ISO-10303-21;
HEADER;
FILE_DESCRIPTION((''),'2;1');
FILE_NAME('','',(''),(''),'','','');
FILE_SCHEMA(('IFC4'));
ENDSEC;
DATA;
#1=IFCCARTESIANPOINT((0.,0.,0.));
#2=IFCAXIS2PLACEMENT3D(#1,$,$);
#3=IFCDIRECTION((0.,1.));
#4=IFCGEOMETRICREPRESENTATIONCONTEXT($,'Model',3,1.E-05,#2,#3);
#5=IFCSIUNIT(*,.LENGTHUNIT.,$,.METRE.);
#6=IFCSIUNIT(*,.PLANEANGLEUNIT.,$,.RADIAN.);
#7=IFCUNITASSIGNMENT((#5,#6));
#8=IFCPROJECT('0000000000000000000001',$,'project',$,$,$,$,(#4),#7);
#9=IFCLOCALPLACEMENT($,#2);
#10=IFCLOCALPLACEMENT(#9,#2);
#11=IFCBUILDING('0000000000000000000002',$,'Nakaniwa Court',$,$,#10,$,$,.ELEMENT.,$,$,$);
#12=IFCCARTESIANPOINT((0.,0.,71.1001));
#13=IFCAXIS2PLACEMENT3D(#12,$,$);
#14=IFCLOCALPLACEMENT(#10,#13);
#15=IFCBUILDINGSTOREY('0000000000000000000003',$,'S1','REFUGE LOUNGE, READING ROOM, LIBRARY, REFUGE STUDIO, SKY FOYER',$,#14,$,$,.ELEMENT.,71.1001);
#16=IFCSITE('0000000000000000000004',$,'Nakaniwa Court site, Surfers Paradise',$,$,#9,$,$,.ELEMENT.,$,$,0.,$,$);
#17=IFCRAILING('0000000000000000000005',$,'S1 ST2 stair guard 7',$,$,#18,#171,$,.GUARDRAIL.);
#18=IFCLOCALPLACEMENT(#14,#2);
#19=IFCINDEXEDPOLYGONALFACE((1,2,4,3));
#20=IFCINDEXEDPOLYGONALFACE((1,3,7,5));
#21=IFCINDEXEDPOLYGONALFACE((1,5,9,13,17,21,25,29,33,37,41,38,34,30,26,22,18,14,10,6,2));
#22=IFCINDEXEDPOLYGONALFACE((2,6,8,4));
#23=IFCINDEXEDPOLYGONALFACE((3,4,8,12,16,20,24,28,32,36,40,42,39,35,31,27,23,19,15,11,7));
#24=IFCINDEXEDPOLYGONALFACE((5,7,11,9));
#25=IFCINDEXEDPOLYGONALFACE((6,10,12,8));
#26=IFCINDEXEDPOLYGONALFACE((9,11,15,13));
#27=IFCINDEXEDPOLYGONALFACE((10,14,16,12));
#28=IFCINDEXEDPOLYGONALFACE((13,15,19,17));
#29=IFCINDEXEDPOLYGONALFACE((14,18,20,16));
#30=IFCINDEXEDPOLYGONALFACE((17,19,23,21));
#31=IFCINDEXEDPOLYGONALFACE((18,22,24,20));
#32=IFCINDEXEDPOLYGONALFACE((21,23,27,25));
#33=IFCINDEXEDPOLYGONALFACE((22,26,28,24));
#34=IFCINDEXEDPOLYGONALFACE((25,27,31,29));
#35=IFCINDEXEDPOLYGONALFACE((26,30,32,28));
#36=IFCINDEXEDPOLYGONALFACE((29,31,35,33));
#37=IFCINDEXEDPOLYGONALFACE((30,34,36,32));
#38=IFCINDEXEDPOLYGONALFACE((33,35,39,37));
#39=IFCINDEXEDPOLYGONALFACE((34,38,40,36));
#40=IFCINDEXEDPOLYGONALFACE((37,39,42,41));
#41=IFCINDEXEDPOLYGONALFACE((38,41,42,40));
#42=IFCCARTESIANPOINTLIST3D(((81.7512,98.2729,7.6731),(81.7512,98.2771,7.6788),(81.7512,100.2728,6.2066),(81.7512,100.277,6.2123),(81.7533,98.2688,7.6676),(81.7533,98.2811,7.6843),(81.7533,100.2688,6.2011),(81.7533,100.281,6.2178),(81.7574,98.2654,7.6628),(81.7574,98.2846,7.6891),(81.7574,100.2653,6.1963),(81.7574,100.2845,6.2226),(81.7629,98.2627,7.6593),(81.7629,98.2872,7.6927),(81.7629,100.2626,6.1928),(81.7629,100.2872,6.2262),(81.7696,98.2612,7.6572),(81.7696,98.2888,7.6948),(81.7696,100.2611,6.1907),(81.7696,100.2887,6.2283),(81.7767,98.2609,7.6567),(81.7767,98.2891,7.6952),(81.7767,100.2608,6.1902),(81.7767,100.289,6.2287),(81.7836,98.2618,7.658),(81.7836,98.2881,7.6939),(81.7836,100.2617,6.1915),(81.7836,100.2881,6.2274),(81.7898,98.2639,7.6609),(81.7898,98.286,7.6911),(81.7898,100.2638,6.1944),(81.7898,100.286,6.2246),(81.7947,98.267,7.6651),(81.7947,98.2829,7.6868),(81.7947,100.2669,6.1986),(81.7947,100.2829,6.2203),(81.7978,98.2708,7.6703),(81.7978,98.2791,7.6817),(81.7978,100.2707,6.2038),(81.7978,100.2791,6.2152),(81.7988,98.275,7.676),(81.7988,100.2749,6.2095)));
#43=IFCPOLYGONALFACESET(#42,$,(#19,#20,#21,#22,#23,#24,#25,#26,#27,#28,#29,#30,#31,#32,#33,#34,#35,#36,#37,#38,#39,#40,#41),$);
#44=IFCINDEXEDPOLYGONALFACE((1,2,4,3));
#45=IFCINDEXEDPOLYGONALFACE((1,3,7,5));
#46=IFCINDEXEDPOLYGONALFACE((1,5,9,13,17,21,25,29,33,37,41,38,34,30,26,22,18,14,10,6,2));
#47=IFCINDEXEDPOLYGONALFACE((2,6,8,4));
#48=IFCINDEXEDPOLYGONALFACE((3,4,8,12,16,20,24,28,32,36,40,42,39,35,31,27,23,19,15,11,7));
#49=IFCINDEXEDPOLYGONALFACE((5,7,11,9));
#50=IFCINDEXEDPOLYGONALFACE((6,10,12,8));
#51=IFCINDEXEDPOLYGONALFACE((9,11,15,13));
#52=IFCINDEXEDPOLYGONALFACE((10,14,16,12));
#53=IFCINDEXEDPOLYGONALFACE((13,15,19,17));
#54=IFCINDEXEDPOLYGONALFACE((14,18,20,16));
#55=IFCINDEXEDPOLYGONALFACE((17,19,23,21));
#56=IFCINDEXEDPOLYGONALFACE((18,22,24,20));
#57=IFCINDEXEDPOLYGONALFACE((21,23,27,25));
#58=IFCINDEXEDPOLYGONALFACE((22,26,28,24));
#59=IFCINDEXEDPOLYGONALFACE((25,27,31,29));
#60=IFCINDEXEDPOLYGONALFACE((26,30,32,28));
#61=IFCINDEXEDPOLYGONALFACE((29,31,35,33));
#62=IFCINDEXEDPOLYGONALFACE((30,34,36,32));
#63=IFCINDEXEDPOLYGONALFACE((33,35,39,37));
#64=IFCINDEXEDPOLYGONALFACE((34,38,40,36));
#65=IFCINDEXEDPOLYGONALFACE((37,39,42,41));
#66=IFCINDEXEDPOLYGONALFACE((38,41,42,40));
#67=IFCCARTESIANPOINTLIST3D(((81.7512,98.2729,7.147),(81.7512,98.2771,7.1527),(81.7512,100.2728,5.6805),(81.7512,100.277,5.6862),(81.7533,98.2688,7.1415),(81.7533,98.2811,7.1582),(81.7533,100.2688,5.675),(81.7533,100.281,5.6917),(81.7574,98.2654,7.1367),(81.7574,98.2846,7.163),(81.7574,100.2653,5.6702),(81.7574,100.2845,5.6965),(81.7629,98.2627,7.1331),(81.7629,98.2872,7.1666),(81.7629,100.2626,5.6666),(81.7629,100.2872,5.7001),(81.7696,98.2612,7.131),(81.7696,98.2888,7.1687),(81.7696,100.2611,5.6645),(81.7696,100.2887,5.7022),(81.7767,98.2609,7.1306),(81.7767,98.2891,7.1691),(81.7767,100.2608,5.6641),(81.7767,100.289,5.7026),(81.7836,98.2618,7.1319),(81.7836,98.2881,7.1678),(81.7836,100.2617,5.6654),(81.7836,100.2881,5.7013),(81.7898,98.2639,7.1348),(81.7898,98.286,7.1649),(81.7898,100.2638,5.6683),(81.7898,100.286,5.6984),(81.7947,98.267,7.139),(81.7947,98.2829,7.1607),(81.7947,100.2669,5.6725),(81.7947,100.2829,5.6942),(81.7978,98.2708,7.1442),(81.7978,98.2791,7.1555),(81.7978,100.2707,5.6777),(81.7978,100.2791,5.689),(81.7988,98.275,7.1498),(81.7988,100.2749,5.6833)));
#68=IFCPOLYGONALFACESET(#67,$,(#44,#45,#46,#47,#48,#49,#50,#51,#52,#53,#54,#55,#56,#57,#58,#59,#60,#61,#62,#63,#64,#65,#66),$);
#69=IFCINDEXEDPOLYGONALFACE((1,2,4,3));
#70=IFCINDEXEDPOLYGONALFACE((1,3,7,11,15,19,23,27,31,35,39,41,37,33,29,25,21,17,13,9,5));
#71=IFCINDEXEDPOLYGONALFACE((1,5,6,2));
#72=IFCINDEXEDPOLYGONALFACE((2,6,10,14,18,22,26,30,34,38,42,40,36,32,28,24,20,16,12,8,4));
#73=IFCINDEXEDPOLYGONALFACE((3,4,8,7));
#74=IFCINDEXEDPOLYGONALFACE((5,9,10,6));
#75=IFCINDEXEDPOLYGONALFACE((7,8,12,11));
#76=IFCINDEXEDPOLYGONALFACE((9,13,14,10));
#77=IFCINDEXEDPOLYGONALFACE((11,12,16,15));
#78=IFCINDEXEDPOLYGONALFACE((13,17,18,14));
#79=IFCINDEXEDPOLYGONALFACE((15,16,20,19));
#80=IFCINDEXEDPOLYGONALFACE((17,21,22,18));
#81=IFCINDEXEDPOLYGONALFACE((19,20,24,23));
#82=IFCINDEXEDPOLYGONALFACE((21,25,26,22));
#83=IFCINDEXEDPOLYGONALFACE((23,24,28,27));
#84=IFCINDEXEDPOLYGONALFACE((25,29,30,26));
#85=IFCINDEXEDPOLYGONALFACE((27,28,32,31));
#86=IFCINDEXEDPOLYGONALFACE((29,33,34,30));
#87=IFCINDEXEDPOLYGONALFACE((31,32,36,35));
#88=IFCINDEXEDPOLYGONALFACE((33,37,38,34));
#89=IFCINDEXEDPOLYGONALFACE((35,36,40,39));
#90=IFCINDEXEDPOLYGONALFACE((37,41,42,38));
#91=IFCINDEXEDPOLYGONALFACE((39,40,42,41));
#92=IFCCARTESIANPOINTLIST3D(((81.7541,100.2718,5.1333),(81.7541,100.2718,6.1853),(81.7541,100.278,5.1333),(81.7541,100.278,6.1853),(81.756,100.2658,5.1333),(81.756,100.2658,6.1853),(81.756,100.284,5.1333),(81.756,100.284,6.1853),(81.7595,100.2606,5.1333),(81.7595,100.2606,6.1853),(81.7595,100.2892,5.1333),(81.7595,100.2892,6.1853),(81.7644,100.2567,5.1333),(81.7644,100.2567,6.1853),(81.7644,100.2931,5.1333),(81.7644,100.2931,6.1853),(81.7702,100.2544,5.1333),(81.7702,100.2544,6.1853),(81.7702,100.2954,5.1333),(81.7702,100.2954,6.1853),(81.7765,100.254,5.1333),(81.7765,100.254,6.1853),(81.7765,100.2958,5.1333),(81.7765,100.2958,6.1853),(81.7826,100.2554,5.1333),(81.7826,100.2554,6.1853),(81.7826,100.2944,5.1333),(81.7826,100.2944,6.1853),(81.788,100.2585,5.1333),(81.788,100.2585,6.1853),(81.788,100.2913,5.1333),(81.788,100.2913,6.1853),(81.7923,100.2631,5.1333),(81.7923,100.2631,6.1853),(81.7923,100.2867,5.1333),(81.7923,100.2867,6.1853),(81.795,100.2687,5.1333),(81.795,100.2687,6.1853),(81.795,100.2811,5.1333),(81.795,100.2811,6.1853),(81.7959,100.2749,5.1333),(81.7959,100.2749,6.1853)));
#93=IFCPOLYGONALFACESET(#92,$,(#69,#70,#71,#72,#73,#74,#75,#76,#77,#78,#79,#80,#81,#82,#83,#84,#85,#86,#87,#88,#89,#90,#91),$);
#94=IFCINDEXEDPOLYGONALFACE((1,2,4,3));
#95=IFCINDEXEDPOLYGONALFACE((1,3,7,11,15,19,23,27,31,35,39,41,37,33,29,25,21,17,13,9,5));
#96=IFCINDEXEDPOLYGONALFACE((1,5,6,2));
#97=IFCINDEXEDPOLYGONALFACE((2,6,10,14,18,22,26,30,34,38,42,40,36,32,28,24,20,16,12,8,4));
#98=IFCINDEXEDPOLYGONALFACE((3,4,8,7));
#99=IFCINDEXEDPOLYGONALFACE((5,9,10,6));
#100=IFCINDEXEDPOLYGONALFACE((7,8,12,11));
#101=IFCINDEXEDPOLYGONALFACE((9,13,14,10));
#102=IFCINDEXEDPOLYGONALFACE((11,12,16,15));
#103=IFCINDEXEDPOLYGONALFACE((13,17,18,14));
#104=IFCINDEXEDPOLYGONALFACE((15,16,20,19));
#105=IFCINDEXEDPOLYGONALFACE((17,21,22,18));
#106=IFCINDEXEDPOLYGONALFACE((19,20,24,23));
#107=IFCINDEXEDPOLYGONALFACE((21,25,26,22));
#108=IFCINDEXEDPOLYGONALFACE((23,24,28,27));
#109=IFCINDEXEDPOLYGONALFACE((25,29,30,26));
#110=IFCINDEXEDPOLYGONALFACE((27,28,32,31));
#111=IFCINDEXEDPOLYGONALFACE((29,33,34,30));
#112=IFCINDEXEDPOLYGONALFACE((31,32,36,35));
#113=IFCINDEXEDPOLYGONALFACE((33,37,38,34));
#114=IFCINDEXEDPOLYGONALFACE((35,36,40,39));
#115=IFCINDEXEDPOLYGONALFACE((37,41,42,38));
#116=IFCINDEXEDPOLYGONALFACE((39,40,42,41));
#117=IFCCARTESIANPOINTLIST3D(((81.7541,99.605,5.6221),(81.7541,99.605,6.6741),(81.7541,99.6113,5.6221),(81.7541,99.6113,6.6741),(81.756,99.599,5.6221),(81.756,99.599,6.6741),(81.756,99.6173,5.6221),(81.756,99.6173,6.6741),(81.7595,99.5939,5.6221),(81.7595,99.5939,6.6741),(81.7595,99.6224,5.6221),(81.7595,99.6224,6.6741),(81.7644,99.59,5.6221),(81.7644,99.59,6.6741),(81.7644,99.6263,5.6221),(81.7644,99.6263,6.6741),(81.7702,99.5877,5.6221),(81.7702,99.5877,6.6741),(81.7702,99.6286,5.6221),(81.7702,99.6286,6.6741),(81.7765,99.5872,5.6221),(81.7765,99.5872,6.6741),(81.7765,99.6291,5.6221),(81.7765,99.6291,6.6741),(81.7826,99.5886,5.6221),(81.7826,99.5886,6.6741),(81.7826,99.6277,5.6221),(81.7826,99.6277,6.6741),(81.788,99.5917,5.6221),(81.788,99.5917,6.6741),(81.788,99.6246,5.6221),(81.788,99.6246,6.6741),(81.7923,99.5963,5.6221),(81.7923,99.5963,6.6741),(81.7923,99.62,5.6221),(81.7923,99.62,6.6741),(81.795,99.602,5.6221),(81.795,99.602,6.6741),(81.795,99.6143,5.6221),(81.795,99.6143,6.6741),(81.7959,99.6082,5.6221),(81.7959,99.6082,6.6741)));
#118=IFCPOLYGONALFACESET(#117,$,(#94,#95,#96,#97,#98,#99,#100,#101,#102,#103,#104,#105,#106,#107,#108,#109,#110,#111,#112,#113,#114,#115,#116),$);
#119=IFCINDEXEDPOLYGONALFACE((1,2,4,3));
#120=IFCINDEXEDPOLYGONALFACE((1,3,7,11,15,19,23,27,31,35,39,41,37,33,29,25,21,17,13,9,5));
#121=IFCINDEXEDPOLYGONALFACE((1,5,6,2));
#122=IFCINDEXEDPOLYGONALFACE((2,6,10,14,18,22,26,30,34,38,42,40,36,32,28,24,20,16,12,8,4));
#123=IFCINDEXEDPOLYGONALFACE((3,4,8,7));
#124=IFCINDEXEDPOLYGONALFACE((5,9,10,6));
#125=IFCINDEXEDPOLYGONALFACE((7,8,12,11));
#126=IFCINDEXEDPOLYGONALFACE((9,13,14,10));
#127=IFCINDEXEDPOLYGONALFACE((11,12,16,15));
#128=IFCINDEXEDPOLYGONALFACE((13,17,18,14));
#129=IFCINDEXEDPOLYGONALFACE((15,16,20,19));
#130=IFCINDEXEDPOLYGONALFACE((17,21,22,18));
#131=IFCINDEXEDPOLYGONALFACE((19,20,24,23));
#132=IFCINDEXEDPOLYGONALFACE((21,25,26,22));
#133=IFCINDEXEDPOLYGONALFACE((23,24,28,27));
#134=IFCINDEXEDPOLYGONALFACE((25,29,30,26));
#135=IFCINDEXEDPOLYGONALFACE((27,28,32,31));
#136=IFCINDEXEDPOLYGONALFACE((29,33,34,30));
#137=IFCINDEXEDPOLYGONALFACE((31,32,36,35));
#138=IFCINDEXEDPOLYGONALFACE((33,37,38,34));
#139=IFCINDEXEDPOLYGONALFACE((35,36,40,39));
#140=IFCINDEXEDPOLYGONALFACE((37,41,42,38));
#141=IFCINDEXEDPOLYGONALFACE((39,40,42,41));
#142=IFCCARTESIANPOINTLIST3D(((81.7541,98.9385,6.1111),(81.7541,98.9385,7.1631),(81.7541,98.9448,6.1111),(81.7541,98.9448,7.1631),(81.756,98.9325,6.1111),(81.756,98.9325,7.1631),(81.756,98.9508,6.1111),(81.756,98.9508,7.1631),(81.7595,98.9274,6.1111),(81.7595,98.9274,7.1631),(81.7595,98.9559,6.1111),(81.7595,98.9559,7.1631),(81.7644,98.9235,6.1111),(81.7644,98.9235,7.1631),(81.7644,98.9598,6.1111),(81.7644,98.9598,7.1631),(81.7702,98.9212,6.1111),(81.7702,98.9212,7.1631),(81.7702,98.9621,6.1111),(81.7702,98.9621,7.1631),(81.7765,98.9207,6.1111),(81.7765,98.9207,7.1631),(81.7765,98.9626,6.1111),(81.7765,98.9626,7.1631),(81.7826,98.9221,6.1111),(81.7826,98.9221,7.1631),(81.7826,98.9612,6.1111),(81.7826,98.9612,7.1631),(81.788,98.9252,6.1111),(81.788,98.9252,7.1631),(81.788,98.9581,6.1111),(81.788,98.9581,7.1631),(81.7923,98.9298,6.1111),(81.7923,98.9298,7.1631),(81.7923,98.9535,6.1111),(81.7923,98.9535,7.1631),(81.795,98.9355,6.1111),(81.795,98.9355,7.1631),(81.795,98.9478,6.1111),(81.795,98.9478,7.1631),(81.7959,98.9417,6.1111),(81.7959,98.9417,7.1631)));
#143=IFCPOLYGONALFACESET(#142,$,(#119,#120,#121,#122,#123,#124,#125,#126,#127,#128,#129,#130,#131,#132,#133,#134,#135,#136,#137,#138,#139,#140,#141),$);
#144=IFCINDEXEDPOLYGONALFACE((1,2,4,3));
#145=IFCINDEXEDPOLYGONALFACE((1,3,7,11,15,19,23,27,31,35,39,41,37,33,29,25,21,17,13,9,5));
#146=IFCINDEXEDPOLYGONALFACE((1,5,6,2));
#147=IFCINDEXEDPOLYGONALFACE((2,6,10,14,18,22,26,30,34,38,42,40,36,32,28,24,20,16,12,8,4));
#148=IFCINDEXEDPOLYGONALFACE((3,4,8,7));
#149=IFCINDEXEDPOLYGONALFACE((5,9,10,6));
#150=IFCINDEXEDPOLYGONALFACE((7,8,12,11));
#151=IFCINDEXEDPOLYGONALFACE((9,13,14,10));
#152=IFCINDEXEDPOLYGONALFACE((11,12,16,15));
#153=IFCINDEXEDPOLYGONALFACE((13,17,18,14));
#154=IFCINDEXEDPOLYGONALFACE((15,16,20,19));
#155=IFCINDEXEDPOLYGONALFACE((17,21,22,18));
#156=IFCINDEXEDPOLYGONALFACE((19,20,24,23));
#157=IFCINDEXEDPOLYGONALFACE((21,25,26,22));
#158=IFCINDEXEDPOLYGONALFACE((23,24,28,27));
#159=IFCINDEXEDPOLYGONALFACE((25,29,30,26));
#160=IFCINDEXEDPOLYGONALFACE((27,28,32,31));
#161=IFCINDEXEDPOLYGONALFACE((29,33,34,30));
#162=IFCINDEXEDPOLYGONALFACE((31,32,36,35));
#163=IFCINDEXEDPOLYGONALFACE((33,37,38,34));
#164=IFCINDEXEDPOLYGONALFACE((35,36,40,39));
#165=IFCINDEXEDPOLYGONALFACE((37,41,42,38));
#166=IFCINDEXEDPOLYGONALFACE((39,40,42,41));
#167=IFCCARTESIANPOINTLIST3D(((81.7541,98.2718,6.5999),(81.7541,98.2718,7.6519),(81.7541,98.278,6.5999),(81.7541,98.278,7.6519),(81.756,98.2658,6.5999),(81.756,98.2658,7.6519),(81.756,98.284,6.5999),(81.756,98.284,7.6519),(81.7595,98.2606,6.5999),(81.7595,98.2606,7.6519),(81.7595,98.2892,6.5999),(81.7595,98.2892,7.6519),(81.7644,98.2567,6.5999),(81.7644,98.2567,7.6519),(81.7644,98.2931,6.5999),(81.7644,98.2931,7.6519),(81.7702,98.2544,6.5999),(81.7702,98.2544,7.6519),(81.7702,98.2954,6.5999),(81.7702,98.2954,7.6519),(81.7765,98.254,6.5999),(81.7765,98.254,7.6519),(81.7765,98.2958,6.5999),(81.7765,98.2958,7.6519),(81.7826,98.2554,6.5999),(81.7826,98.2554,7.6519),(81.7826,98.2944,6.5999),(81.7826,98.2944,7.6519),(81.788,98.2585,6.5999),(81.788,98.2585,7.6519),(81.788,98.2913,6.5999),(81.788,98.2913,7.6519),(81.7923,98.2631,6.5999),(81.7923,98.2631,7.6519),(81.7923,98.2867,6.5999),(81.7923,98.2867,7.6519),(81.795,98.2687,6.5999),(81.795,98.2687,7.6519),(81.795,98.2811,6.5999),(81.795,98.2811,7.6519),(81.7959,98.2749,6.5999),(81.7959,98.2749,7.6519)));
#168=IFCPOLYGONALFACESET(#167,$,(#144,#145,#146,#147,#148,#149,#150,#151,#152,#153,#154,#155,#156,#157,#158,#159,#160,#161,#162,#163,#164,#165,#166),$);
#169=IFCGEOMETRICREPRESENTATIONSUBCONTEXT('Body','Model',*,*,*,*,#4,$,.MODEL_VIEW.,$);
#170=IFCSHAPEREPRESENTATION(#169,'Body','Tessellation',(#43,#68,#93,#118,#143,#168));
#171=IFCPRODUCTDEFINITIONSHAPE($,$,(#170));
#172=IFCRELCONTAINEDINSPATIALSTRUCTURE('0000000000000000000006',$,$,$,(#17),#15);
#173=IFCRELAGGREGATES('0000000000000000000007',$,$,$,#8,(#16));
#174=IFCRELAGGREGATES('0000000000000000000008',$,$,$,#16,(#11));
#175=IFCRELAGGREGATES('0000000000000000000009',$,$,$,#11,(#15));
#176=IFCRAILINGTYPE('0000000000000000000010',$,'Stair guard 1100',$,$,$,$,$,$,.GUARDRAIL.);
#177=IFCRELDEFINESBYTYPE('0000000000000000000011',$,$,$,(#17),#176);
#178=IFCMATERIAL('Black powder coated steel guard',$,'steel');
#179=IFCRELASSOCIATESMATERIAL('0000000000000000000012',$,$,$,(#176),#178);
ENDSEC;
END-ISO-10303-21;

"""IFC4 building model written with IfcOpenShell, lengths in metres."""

from ifc_helpers import new_model, si_unit, direction, frame, origin, origin_2d, place, context, subcontext, project, spatial, circle, extrude, material, type_object, element, save


model = new_model("IFC4")

# Units and contexts
model_context = context("Model", 3, precision=1e-05, world=origin(), true_north=direction((0.0, 1.0)))
body_context = subcontext(model_context, "Body", "Model", "MODEL_VIEW")
ifc_project = project(units=[si_unit("LENGTHUNIT", "METRE"), si_unit("PLANEANGLEUNIT", "RADIAN")], contexts=[model_context])

# Site, building, storey
site_placement = place(None, origin())
site = spatial("IfcSite", under=ifc_project, at=site_placement, Name="Nakaniwa Court site, Surfers Paradise", CompositionType="ELEMENT", RefElevation=0.0)
building_placement = place(site_placement, origin())
building = spatial("IfcBuilding", under=site, at=building_placement, Name="Nakaniwa Court", CompositionType="ELEMENT")
storey_placement = place(building_placement, frame((0.0, 0.0, 71.1001)))
storey = spatial("IfcBuildingStorey", under=building, at=storey_placement, Name="S1", Description="REFUGE LOUNGE, READING ROOM, LIBRARY, REFUGE STUDIO, SKY FOYER", CompositionType="ELEMENT", Elevation=71.1001)

# Railing
ifc_material_1 = material(Name="Black powder coated steel guard", Category="steel")
railing_type_1 = type_object("IfcRailingType", Name="Stair guard 1100", PredefinedType="GUARDRAIL", material=ifc_material_1)
railing_1_placement = place(storey_placement, frame((81.7749, 100.2749, 5.1333)))
element("IfcRailing", 1, at=railing_1_placement, inside=storey, type_object=railing_type_1, Name="S1 ST2 stair guard 7", PredefinedType="GUARDRAIL", context=body_context, shape_type="SweptSolid", body=[
    extrude(circle(Radius=0.0239, at=origin_2d()), frame((0.0, 0.0, 1.0762), z_axis=(0.0, -0.806427, 0.591334), x_axis=(1.0, 0.0, 0.0)), (0.0, 0.0, 1.0), 2.48),
    extrude(circle(Radius=0.0239, at=origin_2d()), frame((0.0, 0.0, 0.55), z_axis=(0.0, -0.806427, 0.591334), x_axis=(1.0, 0.0, 0.0)), (0.0, 0.0, 1.0), 2.48),
    extrude(circle(Radius=0.021, at=origin_2d()), origin(), (0.0, 0.0, 1.0), 1.052),
    extrude(circle(Radius=0.021, at=origin_2d()), frame((0.0, -0.6667, 0.4888)), (0.0, 0.0, 1.0), 1.052),
    extrude(circle(Radius=0.021, at=origin_2d()), frame((0.0, -1.3333, 0.9778)), (0.0, 0.0, 1.0), 1.052),
    extrude(circle(Radius=0.021, at=origin_2d()), frame((0.0, -2.0, 1.4666)), (0.0, 0.0, 1.0), 1.052),
])

save(model, "model.ifc")
